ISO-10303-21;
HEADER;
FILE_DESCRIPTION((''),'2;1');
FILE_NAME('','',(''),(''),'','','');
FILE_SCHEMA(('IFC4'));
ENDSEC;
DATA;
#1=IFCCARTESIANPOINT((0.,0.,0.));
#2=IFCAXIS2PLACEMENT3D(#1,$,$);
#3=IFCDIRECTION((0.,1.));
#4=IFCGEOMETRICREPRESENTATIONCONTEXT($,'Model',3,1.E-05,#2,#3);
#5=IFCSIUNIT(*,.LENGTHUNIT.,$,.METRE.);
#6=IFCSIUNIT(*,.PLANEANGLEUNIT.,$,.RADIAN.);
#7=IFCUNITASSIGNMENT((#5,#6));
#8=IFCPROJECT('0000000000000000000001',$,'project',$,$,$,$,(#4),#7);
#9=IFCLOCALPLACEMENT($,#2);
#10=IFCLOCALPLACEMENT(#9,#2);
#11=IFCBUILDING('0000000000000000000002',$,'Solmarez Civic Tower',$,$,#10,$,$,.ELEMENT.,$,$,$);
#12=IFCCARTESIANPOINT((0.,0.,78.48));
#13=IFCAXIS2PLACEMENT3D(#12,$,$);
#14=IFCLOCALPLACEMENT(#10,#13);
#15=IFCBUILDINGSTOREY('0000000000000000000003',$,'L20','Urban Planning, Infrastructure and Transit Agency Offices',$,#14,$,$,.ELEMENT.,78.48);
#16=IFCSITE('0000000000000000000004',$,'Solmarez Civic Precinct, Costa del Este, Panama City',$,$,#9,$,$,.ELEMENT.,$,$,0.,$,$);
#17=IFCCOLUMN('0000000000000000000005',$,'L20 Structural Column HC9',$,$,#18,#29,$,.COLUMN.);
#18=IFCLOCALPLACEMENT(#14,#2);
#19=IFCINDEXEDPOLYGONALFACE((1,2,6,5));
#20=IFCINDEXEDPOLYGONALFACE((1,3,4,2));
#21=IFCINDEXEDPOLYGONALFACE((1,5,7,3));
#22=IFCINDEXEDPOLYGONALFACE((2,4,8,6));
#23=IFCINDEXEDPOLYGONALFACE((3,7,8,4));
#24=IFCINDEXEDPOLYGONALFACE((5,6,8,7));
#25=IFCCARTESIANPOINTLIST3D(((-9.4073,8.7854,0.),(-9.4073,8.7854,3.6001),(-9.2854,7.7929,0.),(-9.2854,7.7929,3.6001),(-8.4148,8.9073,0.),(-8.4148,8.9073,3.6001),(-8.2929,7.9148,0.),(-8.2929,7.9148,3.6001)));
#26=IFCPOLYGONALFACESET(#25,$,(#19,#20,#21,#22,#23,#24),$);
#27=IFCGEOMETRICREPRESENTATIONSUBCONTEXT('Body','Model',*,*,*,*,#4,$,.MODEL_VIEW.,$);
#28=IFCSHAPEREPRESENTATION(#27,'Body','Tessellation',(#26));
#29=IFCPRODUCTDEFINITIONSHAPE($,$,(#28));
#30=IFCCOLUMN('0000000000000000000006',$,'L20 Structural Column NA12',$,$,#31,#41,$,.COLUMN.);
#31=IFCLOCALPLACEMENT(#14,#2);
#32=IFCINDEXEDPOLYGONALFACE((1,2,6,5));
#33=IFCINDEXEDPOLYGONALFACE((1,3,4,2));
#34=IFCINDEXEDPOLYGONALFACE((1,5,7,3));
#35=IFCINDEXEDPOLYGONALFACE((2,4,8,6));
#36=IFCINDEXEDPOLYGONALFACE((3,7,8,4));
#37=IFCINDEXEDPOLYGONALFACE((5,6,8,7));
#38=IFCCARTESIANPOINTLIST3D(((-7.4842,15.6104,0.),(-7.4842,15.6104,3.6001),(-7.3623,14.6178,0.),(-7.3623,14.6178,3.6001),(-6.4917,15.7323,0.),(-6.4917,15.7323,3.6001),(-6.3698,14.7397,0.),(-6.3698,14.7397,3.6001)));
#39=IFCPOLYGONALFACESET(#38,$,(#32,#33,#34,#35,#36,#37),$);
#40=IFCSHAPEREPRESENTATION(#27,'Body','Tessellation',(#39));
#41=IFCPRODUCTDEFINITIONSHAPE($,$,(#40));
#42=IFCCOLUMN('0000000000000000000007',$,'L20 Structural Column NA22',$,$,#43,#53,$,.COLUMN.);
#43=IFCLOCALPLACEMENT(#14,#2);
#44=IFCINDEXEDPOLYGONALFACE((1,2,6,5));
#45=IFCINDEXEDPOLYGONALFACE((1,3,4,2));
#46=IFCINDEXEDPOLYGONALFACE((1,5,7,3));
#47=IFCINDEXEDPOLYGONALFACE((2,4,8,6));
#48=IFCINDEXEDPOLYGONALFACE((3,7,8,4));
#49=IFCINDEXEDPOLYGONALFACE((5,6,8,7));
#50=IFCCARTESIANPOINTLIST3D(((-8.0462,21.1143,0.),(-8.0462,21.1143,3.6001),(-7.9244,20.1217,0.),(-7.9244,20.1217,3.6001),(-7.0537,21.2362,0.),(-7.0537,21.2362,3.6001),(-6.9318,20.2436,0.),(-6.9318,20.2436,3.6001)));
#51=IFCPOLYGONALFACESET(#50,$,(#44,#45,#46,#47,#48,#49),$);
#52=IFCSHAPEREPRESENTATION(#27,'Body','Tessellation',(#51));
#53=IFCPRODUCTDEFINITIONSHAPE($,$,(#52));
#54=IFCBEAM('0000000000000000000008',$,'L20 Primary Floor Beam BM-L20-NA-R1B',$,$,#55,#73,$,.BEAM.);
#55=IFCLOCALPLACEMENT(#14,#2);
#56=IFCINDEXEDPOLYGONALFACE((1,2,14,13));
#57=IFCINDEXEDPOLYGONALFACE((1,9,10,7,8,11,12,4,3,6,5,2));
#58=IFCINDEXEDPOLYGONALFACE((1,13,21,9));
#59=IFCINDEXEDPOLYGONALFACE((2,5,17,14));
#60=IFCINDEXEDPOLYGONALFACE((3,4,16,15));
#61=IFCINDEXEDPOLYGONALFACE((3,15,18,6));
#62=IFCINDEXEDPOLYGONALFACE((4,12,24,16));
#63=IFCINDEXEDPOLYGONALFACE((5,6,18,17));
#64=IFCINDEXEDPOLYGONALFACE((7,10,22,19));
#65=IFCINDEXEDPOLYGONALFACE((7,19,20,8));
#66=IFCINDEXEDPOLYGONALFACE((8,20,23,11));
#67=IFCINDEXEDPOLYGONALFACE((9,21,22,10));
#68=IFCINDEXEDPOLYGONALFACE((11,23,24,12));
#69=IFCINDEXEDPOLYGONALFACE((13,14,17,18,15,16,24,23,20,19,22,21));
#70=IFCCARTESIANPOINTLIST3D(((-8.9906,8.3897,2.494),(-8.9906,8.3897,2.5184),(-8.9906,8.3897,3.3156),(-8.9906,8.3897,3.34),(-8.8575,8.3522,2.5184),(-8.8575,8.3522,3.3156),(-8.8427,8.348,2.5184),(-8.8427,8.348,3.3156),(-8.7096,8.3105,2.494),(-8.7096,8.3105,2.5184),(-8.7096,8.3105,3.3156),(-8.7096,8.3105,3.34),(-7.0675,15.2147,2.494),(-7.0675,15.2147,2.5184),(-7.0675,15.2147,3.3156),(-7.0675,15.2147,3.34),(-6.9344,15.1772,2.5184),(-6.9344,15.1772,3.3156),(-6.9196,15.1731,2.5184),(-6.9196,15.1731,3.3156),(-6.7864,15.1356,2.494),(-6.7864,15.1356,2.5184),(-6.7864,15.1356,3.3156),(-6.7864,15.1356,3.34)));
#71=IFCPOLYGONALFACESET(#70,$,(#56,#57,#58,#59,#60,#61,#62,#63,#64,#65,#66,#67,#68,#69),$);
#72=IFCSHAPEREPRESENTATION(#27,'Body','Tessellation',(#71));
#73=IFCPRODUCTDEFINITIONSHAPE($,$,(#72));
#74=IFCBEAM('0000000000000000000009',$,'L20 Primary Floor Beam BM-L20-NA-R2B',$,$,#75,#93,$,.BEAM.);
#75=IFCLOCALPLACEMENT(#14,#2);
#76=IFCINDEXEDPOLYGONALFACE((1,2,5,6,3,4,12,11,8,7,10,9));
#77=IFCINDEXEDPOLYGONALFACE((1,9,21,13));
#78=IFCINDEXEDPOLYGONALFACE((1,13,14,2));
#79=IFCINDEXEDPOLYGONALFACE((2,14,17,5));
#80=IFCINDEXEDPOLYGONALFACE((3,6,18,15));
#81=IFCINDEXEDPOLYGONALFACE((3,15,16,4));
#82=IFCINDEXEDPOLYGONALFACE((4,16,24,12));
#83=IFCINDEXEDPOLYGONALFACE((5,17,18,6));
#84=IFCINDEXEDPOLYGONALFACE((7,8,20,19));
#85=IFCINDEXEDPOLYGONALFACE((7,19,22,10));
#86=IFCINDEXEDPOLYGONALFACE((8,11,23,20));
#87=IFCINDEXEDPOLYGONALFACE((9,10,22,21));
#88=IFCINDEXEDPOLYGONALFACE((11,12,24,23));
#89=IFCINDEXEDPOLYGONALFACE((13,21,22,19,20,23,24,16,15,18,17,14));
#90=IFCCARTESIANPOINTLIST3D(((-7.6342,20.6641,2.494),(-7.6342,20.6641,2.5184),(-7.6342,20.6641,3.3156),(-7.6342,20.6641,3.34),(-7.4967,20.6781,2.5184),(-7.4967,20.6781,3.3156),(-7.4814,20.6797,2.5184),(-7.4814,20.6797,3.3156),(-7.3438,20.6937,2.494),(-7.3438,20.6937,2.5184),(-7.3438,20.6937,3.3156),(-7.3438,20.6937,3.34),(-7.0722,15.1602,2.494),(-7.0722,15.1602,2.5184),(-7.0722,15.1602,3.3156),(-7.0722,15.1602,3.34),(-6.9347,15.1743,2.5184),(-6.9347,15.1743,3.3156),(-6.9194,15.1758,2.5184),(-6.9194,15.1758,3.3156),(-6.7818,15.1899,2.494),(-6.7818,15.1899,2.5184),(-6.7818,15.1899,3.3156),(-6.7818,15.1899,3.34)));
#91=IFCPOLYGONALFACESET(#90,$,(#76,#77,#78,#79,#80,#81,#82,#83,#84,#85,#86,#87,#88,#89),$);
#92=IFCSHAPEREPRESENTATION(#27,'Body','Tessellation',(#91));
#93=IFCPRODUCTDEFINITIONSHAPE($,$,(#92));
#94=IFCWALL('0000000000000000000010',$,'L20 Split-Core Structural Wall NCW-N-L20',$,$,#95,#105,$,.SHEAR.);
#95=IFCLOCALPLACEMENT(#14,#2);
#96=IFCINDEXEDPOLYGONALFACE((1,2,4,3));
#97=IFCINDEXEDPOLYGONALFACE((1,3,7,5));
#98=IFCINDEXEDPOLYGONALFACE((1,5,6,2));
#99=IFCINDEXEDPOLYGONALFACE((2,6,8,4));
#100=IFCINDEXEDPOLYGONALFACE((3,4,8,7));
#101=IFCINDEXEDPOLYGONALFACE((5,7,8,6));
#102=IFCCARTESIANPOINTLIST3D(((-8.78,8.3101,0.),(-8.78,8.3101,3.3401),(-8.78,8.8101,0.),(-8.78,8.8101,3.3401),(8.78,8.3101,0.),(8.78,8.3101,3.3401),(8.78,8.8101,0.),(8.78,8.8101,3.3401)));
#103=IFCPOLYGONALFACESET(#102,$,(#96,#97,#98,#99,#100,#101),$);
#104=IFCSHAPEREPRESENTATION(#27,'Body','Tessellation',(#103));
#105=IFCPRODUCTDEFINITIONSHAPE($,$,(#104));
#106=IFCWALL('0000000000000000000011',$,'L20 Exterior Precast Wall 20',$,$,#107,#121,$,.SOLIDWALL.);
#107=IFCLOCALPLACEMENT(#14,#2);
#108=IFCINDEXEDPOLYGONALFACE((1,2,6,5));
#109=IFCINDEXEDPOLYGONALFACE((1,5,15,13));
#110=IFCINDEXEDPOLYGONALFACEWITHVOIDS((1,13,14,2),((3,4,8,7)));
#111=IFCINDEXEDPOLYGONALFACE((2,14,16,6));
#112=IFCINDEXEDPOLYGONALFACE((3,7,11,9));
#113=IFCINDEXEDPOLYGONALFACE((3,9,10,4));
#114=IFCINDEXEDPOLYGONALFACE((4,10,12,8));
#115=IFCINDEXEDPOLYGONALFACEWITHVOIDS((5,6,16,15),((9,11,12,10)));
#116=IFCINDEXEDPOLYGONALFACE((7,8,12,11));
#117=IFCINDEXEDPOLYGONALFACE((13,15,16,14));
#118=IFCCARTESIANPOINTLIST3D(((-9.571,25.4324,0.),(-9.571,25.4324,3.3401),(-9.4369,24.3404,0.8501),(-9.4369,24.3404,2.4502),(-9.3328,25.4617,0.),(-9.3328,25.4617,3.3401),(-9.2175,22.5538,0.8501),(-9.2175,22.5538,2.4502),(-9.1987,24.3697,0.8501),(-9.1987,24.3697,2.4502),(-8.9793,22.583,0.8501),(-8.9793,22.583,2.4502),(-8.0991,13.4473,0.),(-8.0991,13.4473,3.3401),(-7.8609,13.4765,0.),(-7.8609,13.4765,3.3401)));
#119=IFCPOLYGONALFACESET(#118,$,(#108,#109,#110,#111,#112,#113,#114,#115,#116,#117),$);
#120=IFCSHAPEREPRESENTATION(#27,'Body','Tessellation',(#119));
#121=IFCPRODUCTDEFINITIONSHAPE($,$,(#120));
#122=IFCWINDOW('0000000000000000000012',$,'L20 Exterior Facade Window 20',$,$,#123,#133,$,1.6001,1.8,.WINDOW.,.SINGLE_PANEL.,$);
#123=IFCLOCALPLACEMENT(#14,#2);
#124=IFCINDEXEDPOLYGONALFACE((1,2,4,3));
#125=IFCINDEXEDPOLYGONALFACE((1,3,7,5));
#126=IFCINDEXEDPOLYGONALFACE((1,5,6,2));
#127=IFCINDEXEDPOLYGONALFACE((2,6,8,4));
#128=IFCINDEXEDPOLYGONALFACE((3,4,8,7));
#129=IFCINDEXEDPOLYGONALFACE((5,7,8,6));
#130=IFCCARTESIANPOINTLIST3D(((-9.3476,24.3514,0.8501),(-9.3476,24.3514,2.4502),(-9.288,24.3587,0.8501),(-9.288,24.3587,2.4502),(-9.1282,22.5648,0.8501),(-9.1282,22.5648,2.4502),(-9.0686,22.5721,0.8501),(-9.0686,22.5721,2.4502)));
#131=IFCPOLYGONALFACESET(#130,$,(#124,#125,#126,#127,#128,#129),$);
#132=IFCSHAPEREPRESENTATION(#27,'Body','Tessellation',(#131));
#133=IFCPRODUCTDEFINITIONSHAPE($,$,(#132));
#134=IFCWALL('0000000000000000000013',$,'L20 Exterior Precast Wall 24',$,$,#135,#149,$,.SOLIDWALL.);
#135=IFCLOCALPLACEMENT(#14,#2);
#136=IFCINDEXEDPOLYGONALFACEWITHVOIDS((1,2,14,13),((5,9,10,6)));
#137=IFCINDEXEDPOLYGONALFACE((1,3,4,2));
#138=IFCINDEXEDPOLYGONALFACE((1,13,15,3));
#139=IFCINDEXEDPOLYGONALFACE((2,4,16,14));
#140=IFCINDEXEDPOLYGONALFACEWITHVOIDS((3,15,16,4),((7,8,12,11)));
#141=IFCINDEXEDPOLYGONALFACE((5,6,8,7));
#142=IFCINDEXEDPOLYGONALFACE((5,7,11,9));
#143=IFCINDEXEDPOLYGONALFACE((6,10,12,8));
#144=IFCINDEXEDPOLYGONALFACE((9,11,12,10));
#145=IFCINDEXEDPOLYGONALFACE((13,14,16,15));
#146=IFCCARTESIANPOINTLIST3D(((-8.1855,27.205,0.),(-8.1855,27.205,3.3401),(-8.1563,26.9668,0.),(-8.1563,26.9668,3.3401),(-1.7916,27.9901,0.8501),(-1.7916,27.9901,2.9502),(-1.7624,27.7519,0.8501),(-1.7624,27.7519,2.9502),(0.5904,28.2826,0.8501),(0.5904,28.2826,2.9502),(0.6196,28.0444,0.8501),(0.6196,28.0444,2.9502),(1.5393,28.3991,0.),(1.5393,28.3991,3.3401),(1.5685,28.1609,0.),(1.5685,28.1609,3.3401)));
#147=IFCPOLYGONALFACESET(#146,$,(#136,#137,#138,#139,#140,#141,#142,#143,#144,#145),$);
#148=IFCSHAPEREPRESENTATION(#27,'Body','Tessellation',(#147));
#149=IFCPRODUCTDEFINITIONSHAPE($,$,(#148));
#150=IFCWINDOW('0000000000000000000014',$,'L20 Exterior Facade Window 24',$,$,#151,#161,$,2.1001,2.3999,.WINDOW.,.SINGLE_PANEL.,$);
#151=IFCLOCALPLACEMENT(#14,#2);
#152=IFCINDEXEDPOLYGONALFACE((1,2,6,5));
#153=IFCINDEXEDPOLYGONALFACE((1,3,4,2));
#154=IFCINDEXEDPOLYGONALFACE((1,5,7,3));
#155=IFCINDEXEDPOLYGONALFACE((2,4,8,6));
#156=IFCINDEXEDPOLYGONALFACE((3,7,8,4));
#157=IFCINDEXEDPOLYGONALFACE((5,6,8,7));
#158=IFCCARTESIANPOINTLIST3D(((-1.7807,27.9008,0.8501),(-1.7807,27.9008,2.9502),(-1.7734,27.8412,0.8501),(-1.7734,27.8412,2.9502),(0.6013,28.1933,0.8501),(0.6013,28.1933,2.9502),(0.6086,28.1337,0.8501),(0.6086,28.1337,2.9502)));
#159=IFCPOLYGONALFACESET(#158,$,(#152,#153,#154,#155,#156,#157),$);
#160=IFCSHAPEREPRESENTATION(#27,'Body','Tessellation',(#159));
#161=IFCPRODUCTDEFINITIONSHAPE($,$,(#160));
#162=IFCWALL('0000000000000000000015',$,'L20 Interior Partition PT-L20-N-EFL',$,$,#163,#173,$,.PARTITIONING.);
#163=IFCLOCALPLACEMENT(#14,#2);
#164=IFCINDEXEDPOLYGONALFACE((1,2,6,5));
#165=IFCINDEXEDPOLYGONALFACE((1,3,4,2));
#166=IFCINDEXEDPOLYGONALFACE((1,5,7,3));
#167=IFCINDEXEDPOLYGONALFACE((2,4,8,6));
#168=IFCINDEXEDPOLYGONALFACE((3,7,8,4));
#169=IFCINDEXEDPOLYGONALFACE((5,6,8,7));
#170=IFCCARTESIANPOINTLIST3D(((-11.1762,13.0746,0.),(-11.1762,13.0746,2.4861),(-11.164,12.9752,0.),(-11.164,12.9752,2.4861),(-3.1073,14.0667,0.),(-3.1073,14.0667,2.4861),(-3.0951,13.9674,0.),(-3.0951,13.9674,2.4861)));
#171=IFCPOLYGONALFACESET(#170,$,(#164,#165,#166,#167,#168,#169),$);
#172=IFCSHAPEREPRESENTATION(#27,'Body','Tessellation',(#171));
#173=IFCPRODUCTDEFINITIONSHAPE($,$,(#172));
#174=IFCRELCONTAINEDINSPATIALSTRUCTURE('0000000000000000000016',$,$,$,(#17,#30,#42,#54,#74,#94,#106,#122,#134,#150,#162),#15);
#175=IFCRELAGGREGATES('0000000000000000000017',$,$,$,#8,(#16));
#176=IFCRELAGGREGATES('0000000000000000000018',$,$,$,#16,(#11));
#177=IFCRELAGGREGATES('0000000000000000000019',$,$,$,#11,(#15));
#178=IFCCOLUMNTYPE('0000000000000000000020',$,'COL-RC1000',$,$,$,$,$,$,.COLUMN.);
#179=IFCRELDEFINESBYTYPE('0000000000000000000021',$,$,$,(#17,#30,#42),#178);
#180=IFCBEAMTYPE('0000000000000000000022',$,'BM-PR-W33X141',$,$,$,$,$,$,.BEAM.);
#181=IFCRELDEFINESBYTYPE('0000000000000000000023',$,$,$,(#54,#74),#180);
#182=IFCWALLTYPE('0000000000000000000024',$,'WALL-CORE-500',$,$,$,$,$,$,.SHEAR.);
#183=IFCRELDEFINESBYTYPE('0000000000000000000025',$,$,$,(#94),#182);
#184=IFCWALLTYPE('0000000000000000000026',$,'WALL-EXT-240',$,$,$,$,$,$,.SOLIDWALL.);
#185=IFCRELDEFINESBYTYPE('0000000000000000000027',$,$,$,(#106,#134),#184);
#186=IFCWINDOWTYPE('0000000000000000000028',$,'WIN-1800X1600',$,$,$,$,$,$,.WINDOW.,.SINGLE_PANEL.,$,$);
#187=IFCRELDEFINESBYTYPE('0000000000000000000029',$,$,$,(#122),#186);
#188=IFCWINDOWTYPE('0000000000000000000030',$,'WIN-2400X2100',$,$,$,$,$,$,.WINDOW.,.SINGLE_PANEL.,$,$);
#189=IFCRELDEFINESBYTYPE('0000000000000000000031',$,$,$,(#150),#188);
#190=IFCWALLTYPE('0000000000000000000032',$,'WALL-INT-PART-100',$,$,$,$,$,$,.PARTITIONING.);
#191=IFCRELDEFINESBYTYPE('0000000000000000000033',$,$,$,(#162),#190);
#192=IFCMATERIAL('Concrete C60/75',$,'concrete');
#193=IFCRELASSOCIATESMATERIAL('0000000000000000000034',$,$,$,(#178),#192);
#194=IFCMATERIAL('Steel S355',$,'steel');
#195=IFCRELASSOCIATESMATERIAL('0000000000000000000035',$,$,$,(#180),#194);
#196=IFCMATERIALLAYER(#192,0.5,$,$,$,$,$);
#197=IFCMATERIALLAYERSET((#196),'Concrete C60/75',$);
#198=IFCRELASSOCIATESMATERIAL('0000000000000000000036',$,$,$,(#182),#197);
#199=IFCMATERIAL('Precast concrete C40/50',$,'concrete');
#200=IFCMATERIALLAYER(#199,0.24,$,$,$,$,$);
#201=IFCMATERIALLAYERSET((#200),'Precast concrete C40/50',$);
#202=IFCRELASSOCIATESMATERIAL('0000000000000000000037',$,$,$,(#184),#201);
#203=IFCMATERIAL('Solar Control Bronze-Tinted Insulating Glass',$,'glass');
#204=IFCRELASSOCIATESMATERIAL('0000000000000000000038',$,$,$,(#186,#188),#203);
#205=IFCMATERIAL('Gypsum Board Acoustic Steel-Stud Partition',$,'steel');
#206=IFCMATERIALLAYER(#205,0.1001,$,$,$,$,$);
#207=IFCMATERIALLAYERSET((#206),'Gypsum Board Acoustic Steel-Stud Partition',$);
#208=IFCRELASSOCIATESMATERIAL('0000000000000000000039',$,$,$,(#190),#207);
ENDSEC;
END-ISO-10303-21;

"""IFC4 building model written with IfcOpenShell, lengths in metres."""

from ifc_helpers import new_model, si_unit, direction, frame, frame_2d, origin, origin_2d, place, context, subcontext, project, spatial, rectangle, i_section, extrude, material, layer, layer_set, material_profile, profile_set, type_object, element, fill, save


model = new_model("IFC4")

# Units and contexts
model_context = context("Model", 3, precision=1e-05, world=origin(), true_north=direction((0.0, 1.0)))
body_context = subcontext(model_context, "Body", "Model", "MODEL_VIEW")
ifc_project = project(units=[si_unit("LENGTHUNIT", "METRE"), si_unit("PLANEANGLEUNIT", "RADIAN")], contexts=[model_context])

# Site, building, storey
site_placement = place(None, origin())
site = spatial("IfcSite", under=ifc_project, at=site_placement, Name="Solmarez Civic Precinct, Costa del Este, Panama City", CompositionType="ELEMENT", RefElevation=0.0)
building_placement = place(site_placement, origin())
building = spatial("IfcBuilding", under=site, at=building_placement, Name="Solmarez Civic Tower", CompositionType="ELEMENT")
storey_placement = place(building_placement, frame((0.0, 0.0, 78.48)))
storey = spatial("IfcBuildingStorey", under=building, at=storey_placement, Name="L20", Description="Urban Planning, Infrastructure and Transit Agency Offices", CompositionType="ELEMENT", Elevation=78.48)

# Columns
ifc_material_1 = material(Name="Concrete C60/75", Category="concrete")
ifc_material_profile_1 = material_profile(ifc_material_1, rectangle(XDim=1.0, YDim=1.0, at=origin_2d()), Name="RC1000X1000")
ifc_profile_set_1 = profile_set([ifc_material_profile_1], Name="Concrete C60/75")
column_type = type_object("IfcColumnType", Name="COL-RC1000", PredefinedType="COLUMN", material=ifc_profile_set_1)
for number, where, z_axis, x_axis, name in (
    (1, (-8.8501, 8.3501, 0.0), (0.0, 0.0, 1.0), (0.992546, 0.121869, 0.0), "L20 Structural Column HC9"),
    (2, (-6.927, 15.175, 0.0), (0.0, 0.0, 1.0), (0.992546, 0.121869, 0.0), "L20 Structural Column NA12"),
    (3, (-7.489, 20.679, 0.0), (0.0, 0.0, 1.0), (0.992546, 0.121869, 0.0), "L20 Structural Column NA22"),
):
    element("IfcColumn", number, at=place(storey_placement, frame(where, z_axis=z_axis, x_axis=x_axis)), inside=storey, type_object=column_type, Name=name, PredefinedType="COLUMN", context=body_context, shape_type="SweptSolid", body=[
        extrude(rectangle(XDim=1.0, YDim=1.0, at=origin_2d()), origin(), (0.0, 0.0, 1.0), 3.6001),
    ])

# Beams
ifc_material_2 = material(Name="Steel S355", Category="steel")
ifc_material_profile_2 = material_profile(ifc_material_2, i_section(OverallWidth=0.292, OverallDepth=0.8459, WebThickness=0.0154, FlangeThickness=0.0244, at=origin_2d()), Name="W33X141")
ifc_profile_set_2 = profile_set([ifc_material_profile_2], Name="Steel S355")
beam_type = type_object("IfcBeamType", Name="BM-PR-W33X141", PredefinedType="BEAM", material=ifc_profile_set_2)
beam_1_placement = place(storey_placement, frame((-8.8501, 8.3501, 2.917), z_axis=(0.271213, 0.962519, 0.0), x_axis=(-0.962519, 0.271213, 0.0)))
element("IfcBeam", 4, at=beam_1_placement, inside=storey, type_object=beam_type, Name="L20 Primary Floor Beam BM-L20-NA-R1B", PredefinedType="BEAM", context=body_context, shape_type="SweptSolid", body=[
    extrude(i_section(OverallWidth=0.292, OverallDepth=0.8459, WebThickness=0.0154, FlangeThickness=0.0244, at=origin_2d()), origin(), (0.0, 0.0, 1.0), 7.0908),
])
beam_2_placement = place(storey_placement, frame((-6.927, 15.175, 2.917), z_axis=(-0.101583, 0.994827, 0.0), x_axis=(-0.994827, -0.101583, 0.0)))
element("IfcBeam", 5, at=beam_2_placement, inside=storey, type_object=beam_type, Name="L20 Primary Floor Beam BM-L20-NA-R2B", PredefinedType="BEAM", context=body_context, shape_type="SweptSolid", body=[
    extrude(i_section(OverallWidth=0.292, OverallDepth=0.8459, WebThickness=0.0154, FlangeThickness=0.0244, at=origin_2d()), origin(), (0.0, 0.0, 1.0), 5.5325),
])

# Wall
ifc_layer_1 = layer(ifc_material_1, 0.5)
ifc_layer_set_1 = layer_set([ifc_layer_1], Name="Concrete C60/75")
wall_type_1 = type_object("IfcWallType", Name="WALL-CORE-500", PredefinedType="SHEAR", material=ifc_layer_set_1)
wall_1_placement = place(storey_placement, frame((-8.78, 8.5601, 0.0), z_axis=(0.0, 0.0, 1.0), x_axis=(1.0, 0.0, 0.0)))
element("IfcWall", 6, at=wall_1_placement, inside=storey, type_object=wall_type_1, Name="L20 Split-Core Structural Wall NCW-N-L20", PredefinedType="SHEAR", context=body_context, shape_type="SweptSolid", body=[
    extrude(rectangle(XDim=17.5601, YDim=0.5, at=frame_2d((8.78, 0.0))), origin(), (0.0, 0.0, 1.0), 3.3401),
])

# Walls, openings, windows
ifc_material_3 = material(Name="Precast concrete C40/50", Category="concrete")
ifc_layer_2 = layer(ifc_material_3, 0.24)
ifc_layer_set_2 = layer_set([ifc_layer_2], Name="Precast concrete C40/50")
wall_type_2 = type_object("IfcWallType", Name="WALL-EXT-240", PredefinedType="SOLIDWALL", material=ifc_layer_set_2)
wall_2_placement = place(storey_placement, frame((-7.98, 13.4619, 0.0), z_axis=(0.0, 0.0, 1.0), x_axis=(-0.121897, 0.992543, 0.0)))
wall_2 = element("IfcWall", 7, at=wall_2_placement, inside=storey, type_object=wall_type_2, Name="L20 Exterior Precast Wall 20", PredefinedType="SOLIDWALL", context=body_context, shape_type="SweptSolid", body=[
    extrude(rectangle(XDim=12.0752, YDim=0.24, at=frame_2d((6.0376, 0.0))), origin(), (0.0, 0.0, 1.0), 3.3401),
])
opening_1_placement = place(wall_2_placement, frame((9.175, 0.0, 0.8501)))
opening_1 = element("IfcOpeningElement", 8, at=opening_1_placement, cuts=wall_2, PredefinedType="OPENING", context=body_context, shape_type="SweptSolid", body=[
    extrude(rectangle(XDim=1.8, YDim=1.6001, at=frame_2d((0.8999, 0.8))), frame((0.0, 0.1299, 0.0), z_axis=(0.0, -1.0, 0.0), x_axis=(1.0, 0.0, 0.0)), (0.0, 0.0, 1.0), 0.26),
])
ifc_material_4 = material(Name="Solar Control Bronze-Tinted Insulating Glass", Category="glass")
window_type_1 = type_object("IfcWindowType", Name="WIN-1800X1600", PartitioningType="SINGLE_PANEL", PredefinedType="WINDOW", material=ifc_material_4)
window_1_placement = place(opening_1_placement, origin())
window_1 = element("IfcWindow", 9, at=window_1_placement, inside=storey, type_object=window_type_1, Name="L20 Exterior Facade Window 20", OverallHeight=1.6001, OverallWidth=1.8, PartitioningType="SINGLE_PANEL", PredefinedType="WINDOW", context=body_context, shape_type="SweptSolid", body=[
    extrude(rectangle(XDim=1.8, YDim=1.6001, at=frame_2d((0.8999, 0.8))), frame((0.0, 0.03, 0.0), z_axis=(0.0, -1.0, 0.0), x_axis=(1.0, 0.0, 0.0)), (0.0, 0.0, 1.0), 0.0601),
])
fill(opening_1, window_1)
wall_3_placement = place(storey_placement, frame((-8.1709, 27.0859, 0.0), z_axis=(0.0, 0.0, 1.0), x_axis=(0.992546, 0.121872, 0.0)))
wall_3 = element("IfcWall", 10, at=wall_3_placement, inside=storey, type_object=wall_type_2, Name="L20 Exterior Precast Wall 24", PredefinedType="SOLIDWALL", context=body_context, shape_type="SweptSolid", body=[
    extrude(rectangle(XDim=9.7979, YDim=0.24, at=frame_2d((4.8989, 0.0))), origin(), (0.0, 0.0, 1.0), 3.3401),
])
opening_2_placement = place(wall_3_placement, frame((6.4419, 0.0, 0.8501)))
opening_2 = element("IfcOpeningElement", 11, at=opening_2_placement, cuts=wall_3, PredefinedType="OPENING", context=body_context, shape_type="SweptSolid", body=[
    extrude(rectangle(XDim=2.3999, YDim=2.1001, at=frame_2d((1.2, 1.05))), frame((0.0, 0.1299, 0.0), z_axis=(0.0, -1.0, 0.0), x_axis=(1.0, 0.0, 0.0)), (0.0, 0.0, 1.0), 0.26),
])
window_type_2 = type_object("IfcWindowType", Name="WIN-2400X2100", PartitioningType="SINGLE_PANEL", PredefinedType="WINDOW", material=ifc_material_4)
window_2_placement = place(opening_2_placement, origin())
window_2 = element("IfcWindow", 12, at=window_2_placement, inside=storey, type_object=window_type_2, Name="L20 Exterior Facade Window 24", OverallHeight=2.1001, OverallWidth=2.3999, PartitioningType="SINGLE_PANEL", PredefinedType="WINDOW", context=body_context, shape_type="SweptSolid", body=[
    extrude(rectangle(XDim=2.3999, YDim=2.1001, at=frame_2d((1.2, 1.05))), frame((0.0, 0.03, 0.0), z_axis=(0.0, -1.0, 0.0), x_axis=(1.0, 0.0, 0.0)), (0.0, 0.0, 1.0), 0.0601),
])
fill(opening_2, window_2)

# Wall
ifc_material_5 = material(Name="Gypsum Board Acoustic Steel-Stud Partition", Category="steel")
ifc_layer_3 = layer(ifc_material_5, 0.1001)
ifc_layer_set_3 = layer_set([ifc_layer_3], Name="Gypsum Board Acoustic Steel-Stud Partition")
wall_type_3 = type_object("IfcWallType", Name="WALL-INT-PART-100", PredefinedType="PARTITIONING", material=ifc_layer_set_3)
wall_4_placement = place(storey_placement, frame((-3.1011, 14.0171, 0.0), z_axis=(0.0, 0.0, 1.0), x_axis=(-0.992524, -0.122046, 0.0)))
element("IfcWall", 13, at=wall_4_placement, inside=storey, type_object=wall_type_3, Name="L20 Interior Partition PT-L20-N-EFL", PredefinedType="PARTITIONING", context=body_context, shape_type="SweptSolid", body=[
    extrude(rectangle(XDim=8.1296, YDim=0.1001, at=frame_2d((4.0649, 0.0))), origin(), (0.0, 0.0, 1.0), 2.4861),
])

save(model, "model.ifc")
